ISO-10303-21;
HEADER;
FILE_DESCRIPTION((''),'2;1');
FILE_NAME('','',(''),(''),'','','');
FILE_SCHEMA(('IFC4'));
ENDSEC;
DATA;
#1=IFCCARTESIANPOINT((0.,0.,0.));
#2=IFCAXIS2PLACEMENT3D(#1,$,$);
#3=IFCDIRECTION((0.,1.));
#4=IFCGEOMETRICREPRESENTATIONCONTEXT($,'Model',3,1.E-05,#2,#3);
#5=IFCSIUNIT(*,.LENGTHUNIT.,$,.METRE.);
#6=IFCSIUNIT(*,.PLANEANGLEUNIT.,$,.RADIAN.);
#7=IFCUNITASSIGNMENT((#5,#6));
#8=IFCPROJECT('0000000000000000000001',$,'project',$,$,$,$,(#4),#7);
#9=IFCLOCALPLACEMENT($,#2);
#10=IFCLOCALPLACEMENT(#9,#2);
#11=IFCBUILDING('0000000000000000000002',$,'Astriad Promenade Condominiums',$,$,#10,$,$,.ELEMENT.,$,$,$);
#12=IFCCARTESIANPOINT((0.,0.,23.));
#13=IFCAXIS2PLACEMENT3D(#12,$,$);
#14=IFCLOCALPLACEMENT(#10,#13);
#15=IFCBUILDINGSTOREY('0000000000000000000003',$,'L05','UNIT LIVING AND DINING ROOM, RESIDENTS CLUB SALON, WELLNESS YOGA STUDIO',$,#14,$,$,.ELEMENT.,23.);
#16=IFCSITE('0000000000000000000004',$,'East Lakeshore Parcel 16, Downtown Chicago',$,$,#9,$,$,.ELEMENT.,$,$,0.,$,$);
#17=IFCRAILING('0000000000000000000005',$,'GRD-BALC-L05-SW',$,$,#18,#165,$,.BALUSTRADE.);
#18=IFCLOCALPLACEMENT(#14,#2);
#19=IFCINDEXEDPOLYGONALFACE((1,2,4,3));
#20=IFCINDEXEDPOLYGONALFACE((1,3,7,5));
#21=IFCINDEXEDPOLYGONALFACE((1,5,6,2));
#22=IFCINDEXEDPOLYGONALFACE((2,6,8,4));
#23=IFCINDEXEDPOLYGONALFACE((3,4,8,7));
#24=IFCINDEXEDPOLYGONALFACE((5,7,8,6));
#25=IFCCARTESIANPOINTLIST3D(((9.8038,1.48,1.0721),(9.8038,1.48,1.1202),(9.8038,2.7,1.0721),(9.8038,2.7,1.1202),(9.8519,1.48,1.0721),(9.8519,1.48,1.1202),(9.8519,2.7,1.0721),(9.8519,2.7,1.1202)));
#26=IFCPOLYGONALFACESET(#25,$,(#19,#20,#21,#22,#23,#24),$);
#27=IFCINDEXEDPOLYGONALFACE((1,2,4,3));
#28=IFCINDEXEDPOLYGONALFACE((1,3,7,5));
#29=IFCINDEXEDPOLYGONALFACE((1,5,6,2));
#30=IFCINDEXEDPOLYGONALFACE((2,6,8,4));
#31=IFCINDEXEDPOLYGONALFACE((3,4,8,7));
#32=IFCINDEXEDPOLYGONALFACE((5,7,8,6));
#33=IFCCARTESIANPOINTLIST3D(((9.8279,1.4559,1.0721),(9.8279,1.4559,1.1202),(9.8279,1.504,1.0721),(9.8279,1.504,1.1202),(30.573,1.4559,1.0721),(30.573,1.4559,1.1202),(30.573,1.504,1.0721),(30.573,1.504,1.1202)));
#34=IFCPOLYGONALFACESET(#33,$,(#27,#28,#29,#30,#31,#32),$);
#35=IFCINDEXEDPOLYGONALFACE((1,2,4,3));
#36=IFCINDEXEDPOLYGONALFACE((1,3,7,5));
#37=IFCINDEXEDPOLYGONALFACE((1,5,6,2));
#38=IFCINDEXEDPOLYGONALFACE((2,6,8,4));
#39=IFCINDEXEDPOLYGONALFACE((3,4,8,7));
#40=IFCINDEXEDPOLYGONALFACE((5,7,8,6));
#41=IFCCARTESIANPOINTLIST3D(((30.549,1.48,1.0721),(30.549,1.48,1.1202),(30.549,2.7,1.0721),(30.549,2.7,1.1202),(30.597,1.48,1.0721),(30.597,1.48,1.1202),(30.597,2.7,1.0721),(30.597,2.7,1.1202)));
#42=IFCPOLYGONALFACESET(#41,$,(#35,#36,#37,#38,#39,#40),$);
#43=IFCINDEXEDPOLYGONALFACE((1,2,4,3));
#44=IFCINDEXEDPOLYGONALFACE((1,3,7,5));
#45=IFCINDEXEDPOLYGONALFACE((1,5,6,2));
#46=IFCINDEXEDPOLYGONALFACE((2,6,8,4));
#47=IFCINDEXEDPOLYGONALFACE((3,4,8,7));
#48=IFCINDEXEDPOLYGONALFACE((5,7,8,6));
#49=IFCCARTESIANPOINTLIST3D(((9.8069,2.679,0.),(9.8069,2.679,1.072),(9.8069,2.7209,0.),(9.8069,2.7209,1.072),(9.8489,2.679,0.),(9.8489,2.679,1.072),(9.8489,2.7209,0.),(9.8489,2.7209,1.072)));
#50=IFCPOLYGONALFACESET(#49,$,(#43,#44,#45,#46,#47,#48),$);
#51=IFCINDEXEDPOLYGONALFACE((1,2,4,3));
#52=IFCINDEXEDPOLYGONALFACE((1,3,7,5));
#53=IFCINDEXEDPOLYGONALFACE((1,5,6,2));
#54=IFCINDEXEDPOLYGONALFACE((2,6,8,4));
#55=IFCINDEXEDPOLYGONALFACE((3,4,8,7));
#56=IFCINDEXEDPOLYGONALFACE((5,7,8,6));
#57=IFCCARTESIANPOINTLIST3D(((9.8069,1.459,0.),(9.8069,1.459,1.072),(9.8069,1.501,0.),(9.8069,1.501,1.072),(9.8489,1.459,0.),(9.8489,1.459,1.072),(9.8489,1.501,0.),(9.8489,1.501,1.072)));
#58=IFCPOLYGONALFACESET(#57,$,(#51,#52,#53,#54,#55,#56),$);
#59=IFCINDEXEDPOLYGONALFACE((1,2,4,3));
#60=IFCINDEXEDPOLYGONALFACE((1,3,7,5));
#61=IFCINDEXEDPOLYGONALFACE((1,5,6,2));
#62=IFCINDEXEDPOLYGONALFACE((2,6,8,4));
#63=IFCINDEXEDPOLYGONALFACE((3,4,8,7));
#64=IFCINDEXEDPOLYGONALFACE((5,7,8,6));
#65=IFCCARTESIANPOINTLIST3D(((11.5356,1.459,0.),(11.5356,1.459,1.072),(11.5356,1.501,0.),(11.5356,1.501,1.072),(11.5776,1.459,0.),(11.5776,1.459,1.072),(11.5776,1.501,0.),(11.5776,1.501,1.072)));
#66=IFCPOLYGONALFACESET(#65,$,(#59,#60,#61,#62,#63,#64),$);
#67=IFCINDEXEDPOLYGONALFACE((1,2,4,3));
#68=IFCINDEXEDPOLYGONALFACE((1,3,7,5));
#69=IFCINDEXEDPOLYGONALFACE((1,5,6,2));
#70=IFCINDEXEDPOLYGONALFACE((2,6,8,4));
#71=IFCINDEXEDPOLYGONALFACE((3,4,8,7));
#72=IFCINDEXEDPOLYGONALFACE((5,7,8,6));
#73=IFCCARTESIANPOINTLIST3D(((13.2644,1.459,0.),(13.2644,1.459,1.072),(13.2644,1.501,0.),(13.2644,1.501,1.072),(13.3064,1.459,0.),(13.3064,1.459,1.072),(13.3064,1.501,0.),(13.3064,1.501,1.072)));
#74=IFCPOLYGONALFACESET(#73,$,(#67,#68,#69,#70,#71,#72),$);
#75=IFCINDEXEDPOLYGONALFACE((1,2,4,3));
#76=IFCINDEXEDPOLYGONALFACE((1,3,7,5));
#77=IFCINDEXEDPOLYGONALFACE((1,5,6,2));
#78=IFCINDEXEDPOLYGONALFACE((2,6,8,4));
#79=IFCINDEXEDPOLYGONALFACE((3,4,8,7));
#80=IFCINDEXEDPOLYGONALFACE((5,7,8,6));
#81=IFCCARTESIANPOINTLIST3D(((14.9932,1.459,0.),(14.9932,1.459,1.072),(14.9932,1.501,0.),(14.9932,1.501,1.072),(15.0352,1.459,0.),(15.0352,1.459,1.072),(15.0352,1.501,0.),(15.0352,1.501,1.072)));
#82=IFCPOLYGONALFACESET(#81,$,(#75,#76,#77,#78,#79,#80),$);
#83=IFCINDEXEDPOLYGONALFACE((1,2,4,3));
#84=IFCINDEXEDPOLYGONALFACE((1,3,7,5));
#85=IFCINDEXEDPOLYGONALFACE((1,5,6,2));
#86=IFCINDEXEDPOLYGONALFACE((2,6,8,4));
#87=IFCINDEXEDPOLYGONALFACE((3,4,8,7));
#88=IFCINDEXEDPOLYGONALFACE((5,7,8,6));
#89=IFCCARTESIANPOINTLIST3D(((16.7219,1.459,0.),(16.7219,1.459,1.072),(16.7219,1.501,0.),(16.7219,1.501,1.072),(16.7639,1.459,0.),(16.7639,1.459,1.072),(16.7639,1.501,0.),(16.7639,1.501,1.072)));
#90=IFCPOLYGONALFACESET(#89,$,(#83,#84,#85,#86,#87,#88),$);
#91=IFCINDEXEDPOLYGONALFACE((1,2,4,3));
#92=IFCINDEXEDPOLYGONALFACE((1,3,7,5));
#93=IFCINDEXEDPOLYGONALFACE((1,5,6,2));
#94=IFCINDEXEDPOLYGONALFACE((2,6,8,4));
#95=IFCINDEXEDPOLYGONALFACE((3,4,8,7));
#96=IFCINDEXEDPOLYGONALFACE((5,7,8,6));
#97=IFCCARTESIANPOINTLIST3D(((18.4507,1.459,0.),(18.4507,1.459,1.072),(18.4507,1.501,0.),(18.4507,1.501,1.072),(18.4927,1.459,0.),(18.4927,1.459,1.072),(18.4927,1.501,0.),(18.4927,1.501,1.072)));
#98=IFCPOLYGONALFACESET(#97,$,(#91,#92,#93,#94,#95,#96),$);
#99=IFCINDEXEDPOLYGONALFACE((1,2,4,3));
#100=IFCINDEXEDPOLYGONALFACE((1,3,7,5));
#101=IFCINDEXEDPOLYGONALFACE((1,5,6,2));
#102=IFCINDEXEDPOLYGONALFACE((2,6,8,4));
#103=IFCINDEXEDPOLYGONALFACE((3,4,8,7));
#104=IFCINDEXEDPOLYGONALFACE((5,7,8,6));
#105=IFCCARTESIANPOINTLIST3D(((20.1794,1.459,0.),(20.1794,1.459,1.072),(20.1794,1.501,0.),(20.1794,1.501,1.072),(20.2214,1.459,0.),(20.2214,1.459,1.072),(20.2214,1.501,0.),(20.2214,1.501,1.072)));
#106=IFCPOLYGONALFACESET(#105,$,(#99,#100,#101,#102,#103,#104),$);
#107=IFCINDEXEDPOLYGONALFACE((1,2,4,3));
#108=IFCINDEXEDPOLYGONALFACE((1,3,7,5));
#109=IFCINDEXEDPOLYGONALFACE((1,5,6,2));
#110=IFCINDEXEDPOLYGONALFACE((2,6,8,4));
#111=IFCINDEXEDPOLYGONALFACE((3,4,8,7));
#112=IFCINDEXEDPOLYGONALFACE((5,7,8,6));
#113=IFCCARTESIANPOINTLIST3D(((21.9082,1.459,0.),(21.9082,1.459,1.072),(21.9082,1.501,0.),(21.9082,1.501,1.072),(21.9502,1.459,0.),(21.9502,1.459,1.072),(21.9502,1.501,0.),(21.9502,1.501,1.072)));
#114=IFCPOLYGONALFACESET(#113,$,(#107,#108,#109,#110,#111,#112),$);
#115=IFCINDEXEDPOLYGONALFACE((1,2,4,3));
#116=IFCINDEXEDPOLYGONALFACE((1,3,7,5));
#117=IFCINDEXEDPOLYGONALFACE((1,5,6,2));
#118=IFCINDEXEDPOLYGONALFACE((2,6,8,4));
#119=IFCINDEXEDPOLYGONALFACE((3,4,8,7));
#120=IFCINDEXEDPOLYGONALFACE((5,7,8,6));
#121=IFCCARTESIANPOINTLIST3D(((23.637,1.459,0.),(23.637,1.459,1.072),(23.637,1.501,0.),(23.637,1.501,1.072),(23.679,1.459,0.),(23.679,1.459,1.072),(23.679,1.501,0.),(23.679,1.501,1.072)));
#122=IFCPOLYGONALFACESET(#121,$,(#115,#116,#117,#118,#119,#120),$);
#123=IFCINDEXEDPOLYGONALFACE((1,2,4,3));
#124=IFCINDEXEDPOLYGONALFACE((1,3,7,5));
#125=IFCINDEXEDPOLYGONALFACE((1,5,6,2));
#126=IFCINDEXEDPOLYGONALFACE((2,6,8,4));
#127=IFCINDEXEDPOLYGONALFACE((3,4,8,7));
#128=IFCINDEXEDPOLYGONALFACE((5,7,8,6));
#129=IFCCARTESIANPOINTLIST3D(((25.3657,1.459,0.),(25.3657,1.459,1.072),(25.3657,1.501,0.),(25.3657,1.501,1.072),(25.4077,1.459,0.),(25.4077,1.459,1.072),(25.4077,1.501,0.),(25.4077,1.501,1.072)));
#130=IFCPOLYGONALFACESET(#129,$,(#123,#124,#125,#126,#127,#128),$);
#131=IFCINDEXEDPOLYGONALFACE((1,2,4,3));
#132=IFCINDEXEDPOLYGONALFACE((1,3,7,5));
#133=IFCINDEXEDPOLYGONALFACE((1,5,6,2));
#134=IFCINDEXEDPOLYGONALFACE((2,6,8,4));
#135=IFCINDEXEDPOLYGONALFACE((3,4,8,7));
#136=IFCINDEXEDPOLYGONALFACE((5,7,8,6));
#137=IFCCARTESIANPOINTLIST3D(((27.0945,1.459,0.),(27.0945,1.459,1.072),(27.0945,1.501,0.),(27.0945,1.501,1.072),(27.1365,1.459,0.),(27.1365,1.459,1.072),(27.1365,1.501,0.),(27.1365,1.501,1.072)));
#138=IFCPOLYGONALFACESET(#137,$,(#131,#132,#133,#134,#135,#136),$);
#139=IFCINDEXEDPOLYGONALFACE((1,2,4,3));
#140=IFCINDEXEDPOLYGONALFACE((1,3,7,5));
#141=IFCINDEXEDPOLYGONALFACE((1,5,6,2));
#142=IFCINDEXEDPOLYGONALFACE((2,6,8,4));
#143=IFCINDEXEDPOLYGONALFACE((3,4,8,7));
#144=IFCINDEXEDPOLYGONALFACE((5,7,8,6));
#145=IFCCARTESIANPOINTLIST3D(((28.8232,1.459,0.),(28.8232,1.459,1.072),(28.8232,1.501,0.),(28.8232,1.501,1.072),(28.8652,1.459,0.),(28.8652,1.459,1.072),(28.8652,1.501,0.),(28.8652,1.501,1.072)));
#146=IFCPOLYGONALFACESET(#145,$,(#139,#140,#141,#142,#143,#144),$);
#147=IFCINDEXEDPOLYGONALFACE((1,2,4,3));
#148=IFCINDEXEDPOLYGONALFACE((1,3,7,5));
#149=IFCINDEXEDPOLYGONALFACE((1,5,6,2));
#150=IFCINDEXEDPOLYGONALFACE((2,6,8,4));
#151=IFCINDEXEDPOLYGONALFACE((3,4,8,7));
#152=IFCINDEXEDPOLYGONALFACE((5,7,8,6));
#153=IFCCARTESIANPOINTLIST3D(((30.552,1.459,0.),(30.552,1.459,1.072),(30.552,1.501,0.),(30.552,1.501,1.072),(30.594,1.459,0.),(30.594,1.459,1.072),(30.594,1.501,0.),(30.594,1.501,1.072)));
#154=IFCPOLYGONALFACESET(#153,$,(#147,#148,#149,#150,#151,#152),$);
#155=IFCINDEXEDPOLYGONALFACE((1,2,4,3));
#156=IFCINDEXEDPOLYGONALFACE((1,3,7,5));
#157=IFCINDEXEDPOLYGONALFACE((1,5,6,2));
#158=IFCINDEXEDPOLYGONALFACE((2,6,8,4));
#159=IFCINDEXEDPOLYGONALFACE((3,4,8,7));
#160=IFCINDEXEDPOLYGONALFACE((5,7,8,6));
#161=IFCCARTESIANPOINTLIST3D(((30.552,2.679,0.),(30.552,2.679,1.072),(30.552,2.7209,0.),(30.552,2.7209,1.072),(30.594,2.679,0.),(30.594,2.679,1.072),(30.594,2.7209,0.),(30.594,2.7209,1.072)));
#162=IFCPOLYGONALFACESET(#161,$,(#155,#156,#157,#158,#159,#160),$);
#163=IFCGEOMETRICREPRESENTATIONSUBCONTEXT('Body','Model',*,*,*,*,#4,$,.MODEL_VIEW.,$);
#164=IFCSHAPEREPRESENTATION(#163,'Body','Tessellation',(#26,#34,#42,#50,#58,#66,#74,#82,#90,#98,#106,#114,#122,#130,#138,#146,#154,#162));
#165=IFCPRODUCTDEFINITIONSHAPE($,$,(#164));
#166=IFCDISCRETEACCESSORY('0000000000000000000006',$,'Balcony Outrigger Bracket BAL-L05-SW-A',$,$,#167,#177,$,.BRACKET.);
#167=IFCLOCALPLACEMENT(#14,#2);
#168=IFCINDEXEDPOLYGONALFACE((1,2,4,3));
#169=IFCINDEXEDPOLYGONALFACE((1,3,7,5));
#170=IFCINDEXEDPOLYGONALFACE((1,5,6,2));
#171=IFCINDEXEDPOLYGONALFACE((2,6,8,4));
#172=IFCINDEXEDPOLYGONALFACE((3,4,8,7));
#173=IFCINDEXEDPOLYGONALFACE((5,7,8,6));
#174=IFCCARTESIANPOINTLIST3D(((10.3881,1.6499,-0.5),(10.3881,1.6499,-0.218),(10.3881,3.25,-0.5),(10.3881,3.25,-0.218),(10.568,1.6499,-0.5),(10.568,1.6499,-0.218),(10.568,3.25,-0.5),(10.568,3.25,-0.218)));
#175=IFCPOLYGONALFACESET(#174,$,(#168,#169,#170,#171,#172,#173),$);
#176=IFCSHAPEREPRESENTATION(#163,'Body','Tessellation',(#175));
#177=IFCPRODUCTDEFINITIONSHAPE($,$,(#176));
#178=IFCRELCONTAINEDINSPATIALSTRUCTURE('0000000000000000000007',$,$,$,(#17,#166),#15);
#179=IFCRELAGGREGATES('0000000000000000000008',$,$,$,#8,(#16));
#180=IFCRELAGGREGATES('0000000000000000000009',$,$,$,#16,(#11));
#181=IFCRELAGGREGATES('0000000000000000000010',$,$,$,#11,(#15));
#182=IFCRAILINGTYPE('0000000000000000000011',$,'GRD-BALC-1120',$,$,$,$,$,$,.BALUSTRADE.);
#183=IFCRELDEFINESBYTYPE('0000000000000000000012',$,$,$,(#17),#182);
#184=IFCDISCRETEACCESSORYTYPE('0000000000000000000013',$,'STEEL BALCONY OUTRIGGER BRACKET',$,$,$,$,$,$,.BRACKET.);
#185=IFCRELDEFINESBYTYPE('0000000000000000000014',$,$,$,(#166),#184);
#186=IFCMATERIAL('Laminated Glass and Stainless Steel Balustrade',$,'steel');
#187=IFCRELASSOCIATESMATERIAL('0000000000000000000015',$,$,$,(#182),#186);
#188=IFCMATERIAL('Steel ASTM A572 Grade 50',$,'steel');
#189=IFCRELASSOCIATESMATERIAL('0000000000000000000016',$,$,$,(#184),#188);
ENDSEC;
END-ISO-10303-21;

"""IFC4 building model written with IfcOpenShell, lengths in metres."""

from ifc_helpers import new_model, si_unit, direction, frame, origin, origin_2d, place, context, subcontext, project, spatial, rectangle, extrude, source, transform, mapped, material, type_object, type_shapes, element, save


model = new_model("IFC4")

# Units and contexts
model_context = context("Model", 3, precision=1e-05, world=origin(), true_north=direction((0.0, 1.0)))
body_context = subcontext(model_context, "Body", "Model", "MODEL_VIEW")
ifc_project = project(units=[si_unit("LENGTHUNIT", "METRE"), si_unit("PLANEANGLEUNIT", "RADIAN")], contexts=[model_context])

# Site, building, storey
site_placement = place(None, origin())
site = spatial("IfcSite", under=ifc_project, at=site_placement, Name="East Lakeshore Parcel 16, Downtown Chicago", CompositionType="ELEMENT", RefElevation=0.0)
building_placement = place(site_placement, origin())
building = spatial("IfcBuilding", under=site, at=building_placement, Name="Astriad Promenade Condominiums", CompositionType="ELEMENT")
storey_placement = place(building_placement, frame((0.0, 0.0, 23.0)))
storey = spatial("IfcBuildingStorey", under=building, at=storey_placement, Name="L05", Description="UNIT LIVING AND DINING ROOM, RESIDENTS CLUB SALON, WELLNESS YOGA STUDIO", CompositionType="ELEMENT", Elevation=23.0)

# Railing
ifc_material_1 = material(Name="Laminated Glass and Stainless Steel Balustrade", Category="steel")
railing_type = type_object("IfcRailingType", Name="GRD-BALC-1120", PredefinedType="BALUSTRADE", material=ifc_material_1)
shared_shape_1 = source(origin(), body_context, "Body", "SweptSolid", [
    extrude(rectangle(XDim=0.0481, YDim=0.0481, at=origin_2d()), frame((0.0, 0.0, 1.0962), z_axis=(0.0, -1.0, 0.0), x_axis=(1.0, 0.0, 0.0)), (0.0, 0.0, 1.0), 1.22),
    extrude(rectangle(XDim=0.0481, YDim=0.0481, at=origin_2d()), frame((0.0, -1.22, 1.0962), z_axis=(1.0, 0.0, 0.0), x_axis=(0.0, 1.0, 0.0)), (0.0, 0.0, 1.0), 20.7451),
    extrude(rectangle(XDim=0.0481, YDim=0.0481, at=origin_2d()), frame((20.7451, -1.22, 1.0962), z_axis=(0.0, 1.0, 0.0), x_axis=(-1.0, 0.0, 0.0)), (0.0, 0.0, 1.0), 1.22),
    extrude(rectangle(XDim=0.042, YDim=0.042, at=origin_2d()), origin(), (0.0, 0.0, 1.0), 1.072),
    extrude(rectangle(XDim=0.042, YDim=0.042, at=origin_2d()), frame((0.0, -1.22, 0.0)), (0.0, 0.0, 1.0), 1.072),
    extrude(rectangle(XDim=0.042, YDim=0.042, at=origin_2d()), frame((1.7288, -1.22, 0.0)), (0.0, 0.0, 1.0), 1.072),
    extrude(rectangle(XDim=0.042, YDim=0.042, at=origin_2d()), frame((3.4575, -1.22, 0.0)), (0.0, 0.0, 1.0), 1.072),
    extrude(rectangle(XDim=0.042, YDim=0.042, at=origin_2d()), frame((5.1863, -1.22, 0.0)), (0.0, 0.0, 1.0), 1.072),
    extrude(rectangle(XDim=0.042, YDim=0.042, at=origin_2d()), frame((6.915, -1.22, 0.0)), (0.0, 0.0, 1.0), 1.072),
    extrude(rectangle(XDim=0.042, YDim=0.042, at=origin_2d()), frame((8.6438, -1.22, 0.0)), (0.0, 0.0, 1.0), 1.072),
    extrude(rectangle(XDim=0.042, YDim=0.042, at=origin_2d()), frame((10.3726, -1.22, 0.0)), (0.0, 0.0, 1.0), 1.072),
    extrude(rectangle(XDim=0.042, YDim=0.042, at=origin_2d()), frame((12.1013, -1.22, 0.0)), (0.0, 0.0, 1.0), 1.072),
    extrude(rectangle(XDim=0.042, YDim=0.042, at=origin_2d()), frame((13.8301, -1.22, 0.0)), (0.0, 0.0, 1.0), 1.072),
    extrude(rectangle(XDim=0.042, YDim=0.042, at=origin_2d()), frame((15.5588, -1.22, 0.0)), (0.0, 0.0, 1.0), 1.072),
    extrude(rectangle(XDim=0.042, YDim=0.042, at=origin_2d()), frame((17.2876, -1.22, 0.0)), (0.0, 0.0, 1.0), 1.072),
    extrude(rectangle(XDim=0.042, YDim=0.042, at=origin_2d()), frame((19.0164, -1.22, 0.0)), (0.0, 0.0, 1.0), 1.072),
    extrude(rectangle(XDim=0.042, YDim=0.042, at=origin_2d()), frame((20.7451, -1.22, 0.0)), (0.0, 0.0, 1.0), 1.072),
    extrude(rectangle(XDim=0.042, YDim=0.042, at=origin_2d()), frame((20.7451, 0.0, 0.0)), (0.0, 0.0, 1.0), 1.072),
])
type_shapes(railing_type, [shared_shape_1])
railing_placement = place(storey_placement, frame((9.8279, 2.7, 0.0)))
element("IfcRailing", 1, at=railing_placement, inside=storey, type_object=railing_type, Name="GRD-BALC-L05-SW", PredefinedType="BALUSTRADE", context=body_context, shape_type="MappedRepresentation", body=[
    mapped(shared_shape_1, transform((0.0, 0.0, 0.0), scale=1.0)),
])

# Discrete accessory
ifc_material_2 = material(Name="Steel ASTM A572 Grade 50", Category="steel")
discrete_accessory_type = type_object("IfcDiscreteAccessoryType", Name="STEEL BALCONY OUTRIGGER BRACKET", PredefinedType="BRACKET", material=ifc_material_2)
shared_shape_2 = source(origin(), body_context, "Body", "SweptSolid", [
    extrude(rectangle(XDim=1.6001, YDim=0.1799, at=origin_2d()), origin(), (0.0, 0.0, 1.0), 0.282),
])
type_shapes(discrete_accessory_type, [shared_shape_2])
discrete_accessory_placement = place(storey_placement, frame((10.478, 2.45, -0.5), z_axis=(0.0, 0.0, 1.0), x_axis=(0.0, -1.0, 0.0)))
element("IfcDiscreteAccessory", 2, at=discrete_accessory_placement, inside=storey, type_object=discrete_accessory_type, Name="Balcony Outrigger Bracket BAL-L05-SW-A", PredefinedType="BRACKET", context=body_context, shape_type="MappedRepresentation", body=[
    mapped(shared_shape_2, transform((0.0, 0.0, 0.0), scale=1.0)),
])

save(model, "model.ifc")
